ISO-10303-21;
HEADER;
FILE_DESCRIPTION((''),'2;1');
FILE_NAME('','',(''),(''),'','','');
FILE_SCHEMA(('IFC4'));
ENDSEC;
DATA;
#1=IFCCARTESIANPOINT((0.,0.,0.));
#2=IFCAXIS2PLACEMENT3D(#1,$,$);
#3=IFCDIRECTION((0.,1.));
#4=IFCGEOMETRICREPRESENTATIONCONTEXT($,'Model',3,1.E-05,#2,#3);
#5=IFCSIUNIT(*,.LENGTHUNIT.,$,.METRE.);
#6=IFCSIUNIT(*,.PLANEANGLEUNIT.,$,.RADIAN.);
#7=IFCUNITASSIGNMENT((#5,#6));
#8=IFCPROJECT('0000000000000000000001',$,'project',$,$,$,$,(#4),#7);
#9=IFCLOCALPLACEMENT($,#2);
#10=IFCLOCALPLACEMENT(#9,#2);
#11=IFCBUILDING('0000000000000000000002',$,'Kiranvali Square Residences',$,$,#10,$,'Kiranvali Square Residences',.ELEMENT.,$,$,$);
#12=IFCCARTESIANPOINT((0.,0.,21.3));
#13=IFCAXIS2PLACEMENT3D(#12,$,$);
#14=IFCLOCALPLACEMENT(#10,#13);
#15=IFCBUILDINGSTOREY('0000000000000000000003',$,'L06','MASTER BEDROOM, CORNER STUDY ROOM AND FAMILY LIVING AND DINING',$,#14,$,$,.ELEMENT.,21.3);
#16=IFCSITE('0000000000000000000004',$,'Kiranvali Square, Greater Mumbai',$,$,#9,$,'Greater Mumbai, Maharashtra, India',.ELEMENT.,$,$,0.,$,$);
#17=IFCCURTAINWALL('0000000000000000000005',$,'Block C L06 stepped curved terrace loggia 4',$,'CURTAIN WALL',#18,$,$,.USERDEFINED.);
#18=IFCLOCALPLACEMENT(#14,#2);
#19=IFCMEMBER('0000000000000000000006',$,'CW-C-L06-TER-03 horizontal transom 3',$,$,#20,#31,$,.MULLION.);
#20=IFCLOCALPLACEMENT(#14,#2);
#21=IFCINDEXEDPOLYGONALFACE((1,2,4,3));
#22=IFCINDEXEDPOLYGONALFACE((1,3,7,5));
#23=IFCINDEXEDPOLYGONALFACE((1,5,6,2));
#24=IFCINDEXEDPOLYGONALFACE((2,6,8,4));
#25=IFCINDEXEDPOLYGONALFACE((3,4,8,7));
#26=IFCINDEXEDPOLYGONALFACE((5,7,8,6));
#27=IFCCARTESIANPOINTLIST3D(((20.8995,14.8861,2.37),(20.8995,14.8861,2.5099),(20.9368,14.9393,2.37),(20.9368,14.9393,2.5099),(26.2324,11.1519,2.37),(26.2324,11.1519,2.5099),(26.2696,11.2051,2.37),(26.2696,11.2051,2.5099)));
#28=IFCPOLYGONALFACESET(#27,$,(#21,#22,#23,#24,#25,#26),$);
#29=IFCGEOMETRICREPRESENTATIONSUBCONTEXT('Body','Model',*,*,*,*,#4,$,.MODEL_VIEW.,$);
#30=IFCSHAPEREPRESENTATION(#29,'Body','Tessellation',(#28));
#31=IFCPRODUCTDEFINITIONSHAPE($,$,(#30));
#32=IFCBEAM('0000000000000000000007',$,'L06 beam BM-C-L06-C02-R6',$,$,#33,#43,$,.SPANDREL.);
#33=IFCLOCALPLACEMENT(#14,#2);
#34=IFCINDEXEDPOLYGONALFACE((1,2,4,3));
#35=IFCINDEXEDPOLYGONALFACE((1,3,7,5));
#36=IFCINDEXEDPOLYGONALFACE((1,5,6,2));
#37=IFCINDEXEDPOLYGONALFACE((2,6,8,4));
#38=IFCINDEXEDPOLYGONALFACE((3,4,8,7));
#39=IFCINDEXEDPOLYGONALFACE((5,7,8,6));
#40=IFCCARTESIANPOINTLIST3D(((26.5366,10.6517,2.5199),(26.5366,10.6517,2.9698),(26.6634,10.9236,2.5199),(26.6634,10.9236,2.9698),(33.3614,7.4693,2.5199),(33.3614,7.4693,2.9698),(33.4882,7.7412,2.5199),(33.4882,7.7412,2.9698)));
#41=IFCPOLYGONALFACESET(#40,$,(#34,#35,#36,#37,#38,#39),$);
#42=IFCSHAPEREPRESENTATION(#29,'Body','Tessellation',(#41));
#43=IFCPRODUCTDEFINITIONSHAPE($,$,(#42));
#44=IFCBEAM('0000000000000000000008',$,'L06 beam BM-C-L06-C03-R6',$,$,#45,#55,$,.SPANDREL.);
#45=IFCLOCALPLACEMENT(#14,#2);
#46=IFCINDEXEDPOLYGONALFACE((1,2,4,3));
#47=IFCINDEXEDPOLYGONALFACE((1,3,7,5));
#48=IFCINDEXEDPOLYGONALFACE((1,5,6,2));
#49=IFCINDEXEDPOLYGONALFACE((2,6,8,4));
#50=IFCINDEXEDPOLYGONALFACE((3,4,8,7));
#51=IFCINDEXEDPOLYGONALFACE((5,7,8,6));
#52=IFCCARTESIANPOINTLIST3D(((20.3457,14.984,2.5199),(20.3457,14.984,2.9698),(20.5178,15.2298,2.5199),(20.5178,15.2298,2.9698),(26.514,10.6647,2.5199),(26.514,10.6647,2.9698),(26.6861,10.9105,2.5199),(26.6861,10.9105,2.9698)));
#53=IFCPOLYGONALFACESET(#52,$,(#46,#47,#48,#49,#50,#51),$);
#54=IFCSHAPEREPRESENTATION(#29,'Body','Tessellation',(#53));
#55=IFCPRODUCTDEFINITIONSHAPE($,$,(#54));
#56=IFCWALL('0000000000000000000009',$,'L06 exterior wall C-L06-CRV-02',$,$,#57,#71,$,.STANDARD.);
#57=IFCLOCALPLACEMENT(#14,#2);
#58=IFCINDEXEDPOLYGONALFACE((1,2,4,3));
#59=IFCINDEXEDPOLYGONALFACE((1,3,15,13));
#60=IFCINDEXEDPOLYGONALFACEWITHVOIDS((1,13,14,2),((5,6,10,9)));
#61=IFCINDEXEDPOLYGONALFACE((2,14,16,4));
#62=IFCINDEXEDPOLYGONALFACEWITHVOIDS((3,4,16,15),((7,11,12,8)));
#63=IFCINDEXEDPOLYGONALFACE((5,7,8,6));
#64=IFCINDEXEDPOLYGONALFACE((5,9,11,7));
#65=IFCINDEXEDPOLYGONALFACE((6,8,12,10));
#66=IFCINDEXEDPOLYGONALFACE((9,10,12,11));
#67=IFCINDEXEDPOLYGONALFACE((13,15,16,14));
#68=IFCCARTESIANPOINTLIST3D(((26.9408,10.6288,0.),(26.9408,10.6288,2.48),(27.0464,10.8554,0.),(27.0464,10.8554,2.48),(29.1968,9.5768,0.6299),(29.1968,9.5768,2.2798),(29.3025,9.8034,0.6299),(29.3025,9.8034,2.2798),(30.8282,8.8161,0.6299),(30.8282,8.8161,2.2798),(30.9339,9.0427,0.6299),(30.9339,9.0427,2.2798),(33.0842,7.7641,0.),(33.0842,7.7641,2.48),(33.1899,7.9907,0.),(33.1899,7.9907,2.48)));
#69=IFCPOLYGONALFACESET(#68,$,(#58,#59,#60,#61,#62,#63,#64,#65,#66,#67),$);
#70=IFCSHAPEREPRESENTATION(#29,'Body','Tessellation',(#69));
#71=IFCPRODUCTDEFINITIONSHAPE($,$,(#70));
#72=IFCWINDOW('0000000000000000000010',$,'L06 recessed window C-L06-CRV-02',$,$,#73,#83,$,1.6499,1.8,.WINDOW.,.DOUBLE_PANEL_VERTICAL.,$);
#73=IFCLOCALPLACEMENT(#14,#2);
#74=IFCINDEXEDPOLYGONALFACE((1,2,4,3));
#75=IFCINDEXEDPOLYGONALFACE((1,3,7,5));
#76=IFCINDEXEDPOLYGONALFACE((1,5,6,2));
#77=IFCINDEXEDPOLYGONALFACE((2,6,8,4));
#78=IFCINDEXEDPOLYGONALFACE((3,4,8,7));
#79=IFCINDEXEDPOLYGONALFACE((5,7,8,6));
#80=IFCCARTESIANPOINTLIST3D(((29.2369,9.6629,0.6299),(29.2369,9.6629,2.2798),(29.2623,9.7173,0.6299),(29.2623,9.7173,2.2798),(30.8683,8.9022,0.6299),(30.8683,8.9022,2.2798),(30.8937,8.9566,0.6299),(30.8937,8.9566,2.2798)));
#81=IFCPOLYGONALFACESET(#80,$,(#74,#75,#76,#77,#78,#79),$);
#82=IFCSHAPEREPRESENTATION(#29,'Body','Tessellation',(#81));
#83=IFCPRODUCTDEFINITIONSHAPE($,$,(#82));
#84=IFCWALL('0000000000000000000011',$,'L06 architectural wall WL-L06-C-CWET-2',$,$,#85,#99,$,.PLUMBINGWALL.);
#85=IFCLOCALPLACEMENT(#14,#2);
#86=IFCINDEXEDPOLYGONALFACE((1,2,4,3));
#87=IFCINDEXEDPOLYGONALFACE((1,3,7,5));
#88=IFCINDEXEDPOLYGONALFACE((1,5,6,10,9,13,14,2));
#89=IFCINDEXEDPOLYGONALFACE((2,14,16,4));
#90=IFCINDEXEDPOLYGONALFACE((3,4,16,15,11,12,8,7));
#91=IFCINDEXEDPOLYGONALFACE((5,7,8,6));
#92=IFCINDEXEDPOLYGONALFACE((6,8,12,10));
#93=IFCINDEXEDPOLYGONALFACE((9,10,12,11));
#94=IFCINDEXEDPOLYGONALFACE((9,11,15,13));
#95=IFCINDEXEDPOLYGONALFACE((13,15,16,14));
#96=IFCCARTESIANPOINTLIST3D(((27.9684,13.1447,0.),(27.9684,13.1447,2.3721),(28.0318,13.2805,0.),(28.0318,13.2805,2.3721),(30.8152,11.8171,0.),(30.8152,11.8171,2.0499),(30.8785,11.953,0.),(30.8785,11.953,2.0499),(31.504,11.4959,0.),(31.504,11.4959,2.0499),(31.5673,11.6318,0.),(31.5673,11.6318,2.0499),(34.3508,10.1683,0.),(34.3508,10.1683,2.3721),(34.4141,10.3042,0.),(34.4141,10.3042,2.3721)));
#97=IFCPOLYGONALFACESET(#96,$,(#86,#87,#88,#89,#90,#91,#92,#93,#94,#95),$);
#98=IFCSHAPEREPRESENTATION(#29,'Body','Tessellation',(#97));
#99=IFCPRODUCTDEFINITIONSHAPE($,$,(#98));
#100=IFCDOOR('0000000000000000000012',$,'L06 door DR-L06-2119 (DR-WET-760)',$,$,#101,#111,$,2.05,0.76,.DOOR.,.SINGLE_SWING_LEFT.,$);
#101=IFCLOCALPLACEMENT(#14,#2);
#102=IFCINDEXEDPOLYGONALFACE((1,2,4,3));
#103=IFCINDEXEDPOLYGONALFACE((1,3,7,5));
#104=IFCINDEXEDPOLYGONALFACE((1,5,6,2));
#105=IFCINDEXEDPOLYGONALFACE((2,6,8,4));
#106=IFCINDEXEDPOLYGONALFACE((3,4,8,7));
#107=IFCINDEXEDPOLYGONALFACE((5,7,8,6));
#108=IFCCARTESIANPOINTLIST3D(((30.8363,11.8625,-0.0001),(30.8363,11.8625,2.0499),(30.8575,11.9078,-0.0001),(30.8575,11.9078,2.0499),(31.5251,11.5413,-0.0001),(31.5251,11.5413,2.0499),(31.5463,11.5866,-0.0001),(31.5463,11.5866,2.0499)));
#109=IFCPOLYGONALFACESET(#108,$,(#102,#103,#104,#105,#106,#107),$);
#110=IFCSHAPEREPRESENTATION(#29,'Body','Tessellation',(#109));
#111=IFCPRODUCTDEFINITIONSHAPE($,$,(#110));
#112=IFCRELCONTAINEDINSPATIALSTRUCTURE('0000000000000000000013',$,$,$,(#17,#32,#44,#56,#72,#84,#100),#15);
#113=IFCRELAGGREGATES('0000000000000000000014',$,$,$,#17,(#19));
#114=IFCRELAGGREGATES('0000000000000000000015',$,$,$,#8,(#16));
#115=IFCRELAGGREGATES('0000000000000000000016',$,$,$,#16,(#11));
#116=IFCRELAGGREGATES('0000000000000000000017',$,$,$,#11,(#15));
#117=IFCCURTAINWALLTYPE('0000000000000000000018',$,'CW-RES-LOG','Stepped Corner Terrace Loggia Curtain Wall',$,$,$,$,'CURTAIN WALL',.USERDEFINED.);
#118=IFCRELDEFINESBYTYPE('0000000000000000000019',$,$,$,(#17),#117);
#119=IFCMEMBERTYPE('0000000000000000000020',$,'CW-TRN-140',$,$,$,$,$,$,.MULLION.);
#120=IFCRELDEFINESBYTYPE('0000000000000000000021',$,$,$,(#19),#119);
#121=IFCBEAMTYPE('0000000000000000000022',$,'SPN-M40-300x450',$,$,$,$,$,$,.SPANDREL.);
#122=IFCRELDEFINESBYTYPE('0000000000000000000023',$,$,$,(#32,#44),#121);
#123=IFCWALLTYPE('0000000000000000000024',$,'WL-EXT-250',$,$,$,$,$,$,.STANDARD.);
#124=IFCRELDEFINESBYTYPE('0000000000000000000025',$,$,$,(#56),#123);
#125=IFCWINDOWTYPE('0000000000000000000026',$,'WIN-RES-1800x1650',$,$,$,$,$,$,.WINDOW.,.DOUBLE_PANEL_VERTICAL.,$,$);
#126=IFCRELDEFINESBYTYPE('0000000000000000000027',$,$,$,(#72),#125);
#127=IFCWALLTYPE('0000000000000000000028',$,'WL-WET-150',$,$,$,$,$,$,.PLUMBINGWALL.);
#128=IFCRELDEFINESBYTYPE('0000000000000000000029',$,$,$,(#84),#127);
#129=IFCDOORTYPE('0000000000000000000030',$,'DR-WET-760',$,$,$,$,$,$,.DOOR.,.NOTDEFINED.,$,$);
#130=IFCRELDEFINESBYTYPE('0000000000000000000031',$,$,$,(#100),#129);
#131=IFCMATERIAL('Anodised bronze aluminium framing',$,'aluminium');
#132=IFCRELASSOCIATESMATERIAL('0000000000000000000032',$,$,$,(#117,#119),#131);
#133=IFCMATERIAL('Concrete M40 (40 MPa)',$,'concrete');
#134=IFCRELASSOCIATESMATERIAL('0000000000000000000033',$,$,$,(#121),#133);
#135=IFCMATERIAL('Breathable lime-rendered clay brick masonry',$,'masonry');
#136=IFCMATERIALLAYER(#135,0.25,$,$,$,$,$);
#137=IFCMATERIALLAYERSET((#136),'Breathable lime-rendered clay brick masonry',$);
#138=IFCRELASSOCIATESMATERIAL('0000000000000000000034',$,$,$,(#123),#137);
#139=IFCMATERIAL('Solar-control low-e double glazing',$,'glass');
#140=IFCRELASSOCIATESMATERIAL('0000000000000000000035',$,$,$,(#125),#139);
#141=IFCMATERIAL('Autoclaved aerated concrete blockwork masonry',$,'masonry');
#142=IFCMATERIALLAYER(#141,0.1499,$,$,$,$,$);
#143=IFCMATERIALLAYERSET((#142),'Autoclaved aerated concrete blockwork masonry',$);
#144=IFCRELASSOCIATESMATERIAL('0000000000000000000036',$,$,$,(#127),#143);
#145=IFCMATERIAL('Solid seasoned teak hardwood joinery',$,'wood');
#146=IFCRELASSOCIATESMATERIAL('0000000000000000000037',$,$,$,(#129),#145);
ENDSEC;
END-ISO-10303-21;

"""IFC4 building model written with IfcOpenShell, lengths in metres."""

from ifc_helpers import new_model, si_unit, direction, frame, frame_2d, origin, origin_2d, place, context, subcontext, project, spatial, rectangle, extrude, material, layer, layer_set, material_profile, profile_set, type_object, element, fill, aggregate, save


model = new_model("IFC4")

# Units and contexts
model_context = context("Model", 3, precision=1e-05, world=origin(), true_north=direction((0.0, 1.0)))
body_context = subcontext(model_context, "Body", "Model", "MODEL_VIEW")
ifc_project = project(units=[si_unit("LENGTHUNIT", "METRE"), si_unit("PLANEANGLEUNIT", "RADIAN")], contexts=[model_context])

# Site, building, storey
site_placement = place(None, origin())
site = spatial("IfcSite", under=ifc_project, at=site_placement, Name="Kiranvali Square, Greater Mumbai", LongName="Greater Mumbai, Maharashtra, India", CompositionType="ELEMENT", RefElevation=0.0)
building_placement = place(site_placement, origin())
building = spatial("IfcBuilding", under=site, at=building_placement, Name="Kiranvali Square Residences", LongName="Kiranvali Square Residences", CompositionType="ELEMENT")
storey_placement = place(building_placement, frame((0.0, 0.0, 21.3)))
storey = spatial("IfcBuildingStorey", under=building, at=storey_placement, Name="L06", Description="MASTER BEDROOM, CORNER STUDY ROOM AND FAMILY LIVING AND DINING", CompositionType="ELEMENT", Elevation=21.3)

# Shared definitions
ifc_material_1 = material(Name="Concrete M40 (40 MPa)", Category="concrete")

# Curtain wall, member
ifc_material_2 = material(Name="Anodised bronze aluminium framing", Category="aluminium")
curtain_wall_type = type_object("IfcCurtainWallType", Name="CW-RES-LOG", Description="Stepped Corner Terrace Loggia Curtain Wall", ElementType="CURTAIN WALL", PredefinedType="USERDEFINED", material=ifc_material_2)
curtain_wall_placement = place(storey_placement, origin())
curtain_wall = element("IfcCurtainWall", 1, at=curtain_wall_placement, inside=storey, type_object=curtain_wall_type, Name="Block C L06 stepped curved terrace loggia 4", ObjectType="CURTAIN WALL", PredefinedType="USERDEFINED")
ifc_material_profile_1 = material_profile(ifc_material_2, rectangle(XDim=0.0649, YDim=0.1399, at=origin_2d()), Name="ALU 65x140")
ifc_profile_set_1 = profile_set([ifc_material_profile_1], Name="Anodised bronze aluminium framing")
member_type_1 = type_object("IfcMemberType", Name="CW-TRN-140", PredefinedType="MULLION", material=ifc_profile_set_1)
member_1_placement = place(storey_placement, frame((26.251, 11.1785, 2.4399), z_axis=(-0.819146, 0.573586, 0.0), x_axis=(-0.573586, -0.819146, 0.0)))
member_1 = element("IfcMember", 2, at=member_1_placement, type_object=member_type_1, Name="CW-C-L06-TER-03 horizontal transom 3", PredefinedType="MULLION", context=body_context, shape_type="SweptSolid", body=[
    extrude(rectangle(XDim=0.0649, YDim=0.1399, at=origin_2d()), origin(), (0.0, 0.0, 1.0), 6.5103),
])
aggregate(curtain_wall, [member_1])

# Beams
ifc_material_profile_2 = material_profile(ifc_material_1, rectangle(XDim=0.3, YDim=0.45, at=origin_2d()), Name="RC 300x450")
ifc_profile_set_2 = profile_set([ifc_material_profile_2], Name="Concrete M40 (40 MPa)")
beam_type_1 = type_object("IfcBeamType", Name="SPN-M40-300x450", PredefinedType="SPANDREL", material=ifc_profile_set_2)
for number, where, z_axis, x_axis, name in (
    (3, (33.4248, 7.6052, 2.7449), (-0.90631, 0.422614, 0.0), (-0.422614, -0.90631, 0.0), "L06 beam BM-C-L06-C02-R6"),
    (4, (26.6001, 10.7876, 2.7449), (-0.819144, 0.573589, 0.0), (-0.573589, -0.819144, 0.0), "L06 beam BM-C-L06-C03-R6"),
):
    element("IfcBeam", number, at=place(storey_placement, frame(where, z_axis=z_axis, x_axis=x_axis)), inside=storey, type_object=beam_type_1, Name=name, PredefinedType="SPANDREL", context=body_context, shape_type="SweptSolid", body=[
        extrude(rectangle(XDim=0.3, YDim=0.45, at=origin_2d()), origin(), (0.0, 0.0, 1.0), 7.5303),
    ])

# Wall, opening, window
ifc_material_3 = material(Name="Breathable lime-rendered clay brick masonry", Category="masonry")
ifc_layer_1 = layer(ifc_material_3, 0.25)
ifc_layer_set_1 = layer_set([ifc_layer_1], Name="Breathable lime-rendered clay brick masonry")
wall_type_1 = type_object("IfcWallType", Name="WL-EXT-250", PredefinedType="STANDARD", material=ifc_layer_set_1)
wall_1_placement = place(storey_placement, frame((33.137, 7.8774, 0.0), z_axis=(0.0, 0.0, 1.0), x_axis=(-0.90631, 0.422613, 0.0)))
wall_1 = element("IfcWall", 5, at=wall_1_placement, inside=storey, type_object=wall_type_1, Name="L06 exterior wall C-L06-CRV-02", PredefinedType="STANDARD", context=body_context, shape_type="SweptSolid", body=[
    extrude(rectangle(XDim=6.7786, YDim=0.25, at=frame_2d((3.3892, 0.0))), origin(), (0.0, 0.0, 1.0), 2.48),
])
opening_1_placement = place(wall_1_placement, frame((2.4893, 0.0, 0.6299)))
opening_1 = element("IfcOpeningElement", 6, at=opening_1_placement, cuts=wall_1, PredefinedType="OPENING", context=body_context, shape_type="SweptSolid", body=[
    extrude(rectangle(XDim=1.8, YDim=1.6499, at=frame_2d((0.8999, 0.825))), frame((0.0, 0.135, 0.0), z_axis=(0.0, -1.0, 0.0), x_axis=(1.0, 0.0, 0.0)), (0.0, 0.0, 1.0), 0.27),
])
ifc_material_4 = material(Name="Solar-control low-e double glazing", Category="glass")
window_type = type_object("IfcWindowType", Name="WIN-RES-1800x1650", PartitioningType="DOUBLE_PANEL_VERTICAL", PredefinedType="WINDOW", material=ifc_material_4)
window_placement = place(opening_1_placement, origin())
window = element("IfcWindow", 7, at=window_placement, inside=storey, type_object=window_type, Name="L06 recessed window C-L06-CRV-02", OverallHeight=1.6499, OverallWidth=1.8, PartitioningType="DOUBLE_PANEL_VERTICAL", PredefinedType="WINDOW", context=body_context, shape_type="SweptSolid", body=[
    extrude(rectangle(XDim=1.8, YDim=1.6499, at=frame_2d((0.8999, 0.825))), frame((0.0, 0.03, 0.0), z_axis=(0.0, -1.0, 0.0), x_axis=(1.0, 0.0, 0.0)), (0.0, 0.0, 1.0), 0.0601),
])
fill(opening_1, window)

# Wall, opening, door
ifc_material_5 = material(Name="Autoclaved aerated concrete blockwork masonry", Category="masonry")
ifc_layer_2 = layer(ifc_material_5, 0.1499)
ifc_layer_set_2 = layer_set([ifc_layer_2], Name="Autoclaved aerated concrete blockwork masonry")
wall_type_2 = type_object("IfcWallType", Name="WL-WET-150", PredefinedType="PLUMBINGWALL", material=ifc_layer_set_2)
wall_2_placement = place(storey_placement, frame((34.3823, 10.2363, 0.0), z_axis=(0.0, 0.0, 1.0), x_axis=(-0.906297, 0.422641, 0.0)))
wall_2 = element("IfcWall", 8, at=wall_2_placement, inside=storey, type_object=wall_type_2, Name="L06 architectural wall WL-L06-C-CWET-2", PredefinedType="PLUMBINGWALL", context=body_context, shape_type="SweptSolid", body=[
    extrude(rectangle(XDim=7.0422, YDim=0.1499, at=frame_2d((3.521, 0.0))), origin(), (0.0, 0.0, 1.0), 2.3721),
])
opening_2_placement = place(wall_2_placement, frame((3.1411, 0.0, 0.0)))
opening_2 = element("IfcOpeningElement", 9, at=opening_2_placement, cuts=wall_2, PredefinedType="OPENING", context=body_context, shape_type="SweptSolid", body=[
    extrude(rectangle(XDim=0.76, YDim=2.05, at=frame_2d((0.3799, 1.0249))), frame((0.0, 0.085, 0.0), z_axis=(0.0, -1.0, 0.0), x_axis=(1.0, 0.0, 0.0)), (0.0, 0.0, 1.0), 0.1699),
])
ifc_material_6 = material(Name="Solid seasoned teak hardwood joinery", Category="wood")
door_type = type_object("IfcDoorType", Name="DR-WET-760", OperationType="NOTDEFINED", PredefinedType="DOOR", material=ifc_material_6)
door_placement = place(opening_2_placement, origin())
door = element("IfcDoor", 10, at=door_placement, inside=storey, type_object=door_type, Name="L06 door DR-L06-2119 (DR-WET-760)", OperationType="SINGLE_SWING_LEFT", OverallHeight=2.05, OverallWidth=0.76, PredefinedType="DOOR", context=body_context, shape_type="SweptSolid", body=[
    extrude(rectangle(XDim=0.76, YDim=2.05, at=frame_2d((0.3799, 1.0249))), frame((0.0, 0.0249, 0.0), z_axis=(0.0, -1.0, 0.0), x_axis=(1.0, 0.0, 0.0)), (0.0, 0.0, 1.0), 0.05),
])
fill(opening_2, door)

save(model, "model.ifc")
